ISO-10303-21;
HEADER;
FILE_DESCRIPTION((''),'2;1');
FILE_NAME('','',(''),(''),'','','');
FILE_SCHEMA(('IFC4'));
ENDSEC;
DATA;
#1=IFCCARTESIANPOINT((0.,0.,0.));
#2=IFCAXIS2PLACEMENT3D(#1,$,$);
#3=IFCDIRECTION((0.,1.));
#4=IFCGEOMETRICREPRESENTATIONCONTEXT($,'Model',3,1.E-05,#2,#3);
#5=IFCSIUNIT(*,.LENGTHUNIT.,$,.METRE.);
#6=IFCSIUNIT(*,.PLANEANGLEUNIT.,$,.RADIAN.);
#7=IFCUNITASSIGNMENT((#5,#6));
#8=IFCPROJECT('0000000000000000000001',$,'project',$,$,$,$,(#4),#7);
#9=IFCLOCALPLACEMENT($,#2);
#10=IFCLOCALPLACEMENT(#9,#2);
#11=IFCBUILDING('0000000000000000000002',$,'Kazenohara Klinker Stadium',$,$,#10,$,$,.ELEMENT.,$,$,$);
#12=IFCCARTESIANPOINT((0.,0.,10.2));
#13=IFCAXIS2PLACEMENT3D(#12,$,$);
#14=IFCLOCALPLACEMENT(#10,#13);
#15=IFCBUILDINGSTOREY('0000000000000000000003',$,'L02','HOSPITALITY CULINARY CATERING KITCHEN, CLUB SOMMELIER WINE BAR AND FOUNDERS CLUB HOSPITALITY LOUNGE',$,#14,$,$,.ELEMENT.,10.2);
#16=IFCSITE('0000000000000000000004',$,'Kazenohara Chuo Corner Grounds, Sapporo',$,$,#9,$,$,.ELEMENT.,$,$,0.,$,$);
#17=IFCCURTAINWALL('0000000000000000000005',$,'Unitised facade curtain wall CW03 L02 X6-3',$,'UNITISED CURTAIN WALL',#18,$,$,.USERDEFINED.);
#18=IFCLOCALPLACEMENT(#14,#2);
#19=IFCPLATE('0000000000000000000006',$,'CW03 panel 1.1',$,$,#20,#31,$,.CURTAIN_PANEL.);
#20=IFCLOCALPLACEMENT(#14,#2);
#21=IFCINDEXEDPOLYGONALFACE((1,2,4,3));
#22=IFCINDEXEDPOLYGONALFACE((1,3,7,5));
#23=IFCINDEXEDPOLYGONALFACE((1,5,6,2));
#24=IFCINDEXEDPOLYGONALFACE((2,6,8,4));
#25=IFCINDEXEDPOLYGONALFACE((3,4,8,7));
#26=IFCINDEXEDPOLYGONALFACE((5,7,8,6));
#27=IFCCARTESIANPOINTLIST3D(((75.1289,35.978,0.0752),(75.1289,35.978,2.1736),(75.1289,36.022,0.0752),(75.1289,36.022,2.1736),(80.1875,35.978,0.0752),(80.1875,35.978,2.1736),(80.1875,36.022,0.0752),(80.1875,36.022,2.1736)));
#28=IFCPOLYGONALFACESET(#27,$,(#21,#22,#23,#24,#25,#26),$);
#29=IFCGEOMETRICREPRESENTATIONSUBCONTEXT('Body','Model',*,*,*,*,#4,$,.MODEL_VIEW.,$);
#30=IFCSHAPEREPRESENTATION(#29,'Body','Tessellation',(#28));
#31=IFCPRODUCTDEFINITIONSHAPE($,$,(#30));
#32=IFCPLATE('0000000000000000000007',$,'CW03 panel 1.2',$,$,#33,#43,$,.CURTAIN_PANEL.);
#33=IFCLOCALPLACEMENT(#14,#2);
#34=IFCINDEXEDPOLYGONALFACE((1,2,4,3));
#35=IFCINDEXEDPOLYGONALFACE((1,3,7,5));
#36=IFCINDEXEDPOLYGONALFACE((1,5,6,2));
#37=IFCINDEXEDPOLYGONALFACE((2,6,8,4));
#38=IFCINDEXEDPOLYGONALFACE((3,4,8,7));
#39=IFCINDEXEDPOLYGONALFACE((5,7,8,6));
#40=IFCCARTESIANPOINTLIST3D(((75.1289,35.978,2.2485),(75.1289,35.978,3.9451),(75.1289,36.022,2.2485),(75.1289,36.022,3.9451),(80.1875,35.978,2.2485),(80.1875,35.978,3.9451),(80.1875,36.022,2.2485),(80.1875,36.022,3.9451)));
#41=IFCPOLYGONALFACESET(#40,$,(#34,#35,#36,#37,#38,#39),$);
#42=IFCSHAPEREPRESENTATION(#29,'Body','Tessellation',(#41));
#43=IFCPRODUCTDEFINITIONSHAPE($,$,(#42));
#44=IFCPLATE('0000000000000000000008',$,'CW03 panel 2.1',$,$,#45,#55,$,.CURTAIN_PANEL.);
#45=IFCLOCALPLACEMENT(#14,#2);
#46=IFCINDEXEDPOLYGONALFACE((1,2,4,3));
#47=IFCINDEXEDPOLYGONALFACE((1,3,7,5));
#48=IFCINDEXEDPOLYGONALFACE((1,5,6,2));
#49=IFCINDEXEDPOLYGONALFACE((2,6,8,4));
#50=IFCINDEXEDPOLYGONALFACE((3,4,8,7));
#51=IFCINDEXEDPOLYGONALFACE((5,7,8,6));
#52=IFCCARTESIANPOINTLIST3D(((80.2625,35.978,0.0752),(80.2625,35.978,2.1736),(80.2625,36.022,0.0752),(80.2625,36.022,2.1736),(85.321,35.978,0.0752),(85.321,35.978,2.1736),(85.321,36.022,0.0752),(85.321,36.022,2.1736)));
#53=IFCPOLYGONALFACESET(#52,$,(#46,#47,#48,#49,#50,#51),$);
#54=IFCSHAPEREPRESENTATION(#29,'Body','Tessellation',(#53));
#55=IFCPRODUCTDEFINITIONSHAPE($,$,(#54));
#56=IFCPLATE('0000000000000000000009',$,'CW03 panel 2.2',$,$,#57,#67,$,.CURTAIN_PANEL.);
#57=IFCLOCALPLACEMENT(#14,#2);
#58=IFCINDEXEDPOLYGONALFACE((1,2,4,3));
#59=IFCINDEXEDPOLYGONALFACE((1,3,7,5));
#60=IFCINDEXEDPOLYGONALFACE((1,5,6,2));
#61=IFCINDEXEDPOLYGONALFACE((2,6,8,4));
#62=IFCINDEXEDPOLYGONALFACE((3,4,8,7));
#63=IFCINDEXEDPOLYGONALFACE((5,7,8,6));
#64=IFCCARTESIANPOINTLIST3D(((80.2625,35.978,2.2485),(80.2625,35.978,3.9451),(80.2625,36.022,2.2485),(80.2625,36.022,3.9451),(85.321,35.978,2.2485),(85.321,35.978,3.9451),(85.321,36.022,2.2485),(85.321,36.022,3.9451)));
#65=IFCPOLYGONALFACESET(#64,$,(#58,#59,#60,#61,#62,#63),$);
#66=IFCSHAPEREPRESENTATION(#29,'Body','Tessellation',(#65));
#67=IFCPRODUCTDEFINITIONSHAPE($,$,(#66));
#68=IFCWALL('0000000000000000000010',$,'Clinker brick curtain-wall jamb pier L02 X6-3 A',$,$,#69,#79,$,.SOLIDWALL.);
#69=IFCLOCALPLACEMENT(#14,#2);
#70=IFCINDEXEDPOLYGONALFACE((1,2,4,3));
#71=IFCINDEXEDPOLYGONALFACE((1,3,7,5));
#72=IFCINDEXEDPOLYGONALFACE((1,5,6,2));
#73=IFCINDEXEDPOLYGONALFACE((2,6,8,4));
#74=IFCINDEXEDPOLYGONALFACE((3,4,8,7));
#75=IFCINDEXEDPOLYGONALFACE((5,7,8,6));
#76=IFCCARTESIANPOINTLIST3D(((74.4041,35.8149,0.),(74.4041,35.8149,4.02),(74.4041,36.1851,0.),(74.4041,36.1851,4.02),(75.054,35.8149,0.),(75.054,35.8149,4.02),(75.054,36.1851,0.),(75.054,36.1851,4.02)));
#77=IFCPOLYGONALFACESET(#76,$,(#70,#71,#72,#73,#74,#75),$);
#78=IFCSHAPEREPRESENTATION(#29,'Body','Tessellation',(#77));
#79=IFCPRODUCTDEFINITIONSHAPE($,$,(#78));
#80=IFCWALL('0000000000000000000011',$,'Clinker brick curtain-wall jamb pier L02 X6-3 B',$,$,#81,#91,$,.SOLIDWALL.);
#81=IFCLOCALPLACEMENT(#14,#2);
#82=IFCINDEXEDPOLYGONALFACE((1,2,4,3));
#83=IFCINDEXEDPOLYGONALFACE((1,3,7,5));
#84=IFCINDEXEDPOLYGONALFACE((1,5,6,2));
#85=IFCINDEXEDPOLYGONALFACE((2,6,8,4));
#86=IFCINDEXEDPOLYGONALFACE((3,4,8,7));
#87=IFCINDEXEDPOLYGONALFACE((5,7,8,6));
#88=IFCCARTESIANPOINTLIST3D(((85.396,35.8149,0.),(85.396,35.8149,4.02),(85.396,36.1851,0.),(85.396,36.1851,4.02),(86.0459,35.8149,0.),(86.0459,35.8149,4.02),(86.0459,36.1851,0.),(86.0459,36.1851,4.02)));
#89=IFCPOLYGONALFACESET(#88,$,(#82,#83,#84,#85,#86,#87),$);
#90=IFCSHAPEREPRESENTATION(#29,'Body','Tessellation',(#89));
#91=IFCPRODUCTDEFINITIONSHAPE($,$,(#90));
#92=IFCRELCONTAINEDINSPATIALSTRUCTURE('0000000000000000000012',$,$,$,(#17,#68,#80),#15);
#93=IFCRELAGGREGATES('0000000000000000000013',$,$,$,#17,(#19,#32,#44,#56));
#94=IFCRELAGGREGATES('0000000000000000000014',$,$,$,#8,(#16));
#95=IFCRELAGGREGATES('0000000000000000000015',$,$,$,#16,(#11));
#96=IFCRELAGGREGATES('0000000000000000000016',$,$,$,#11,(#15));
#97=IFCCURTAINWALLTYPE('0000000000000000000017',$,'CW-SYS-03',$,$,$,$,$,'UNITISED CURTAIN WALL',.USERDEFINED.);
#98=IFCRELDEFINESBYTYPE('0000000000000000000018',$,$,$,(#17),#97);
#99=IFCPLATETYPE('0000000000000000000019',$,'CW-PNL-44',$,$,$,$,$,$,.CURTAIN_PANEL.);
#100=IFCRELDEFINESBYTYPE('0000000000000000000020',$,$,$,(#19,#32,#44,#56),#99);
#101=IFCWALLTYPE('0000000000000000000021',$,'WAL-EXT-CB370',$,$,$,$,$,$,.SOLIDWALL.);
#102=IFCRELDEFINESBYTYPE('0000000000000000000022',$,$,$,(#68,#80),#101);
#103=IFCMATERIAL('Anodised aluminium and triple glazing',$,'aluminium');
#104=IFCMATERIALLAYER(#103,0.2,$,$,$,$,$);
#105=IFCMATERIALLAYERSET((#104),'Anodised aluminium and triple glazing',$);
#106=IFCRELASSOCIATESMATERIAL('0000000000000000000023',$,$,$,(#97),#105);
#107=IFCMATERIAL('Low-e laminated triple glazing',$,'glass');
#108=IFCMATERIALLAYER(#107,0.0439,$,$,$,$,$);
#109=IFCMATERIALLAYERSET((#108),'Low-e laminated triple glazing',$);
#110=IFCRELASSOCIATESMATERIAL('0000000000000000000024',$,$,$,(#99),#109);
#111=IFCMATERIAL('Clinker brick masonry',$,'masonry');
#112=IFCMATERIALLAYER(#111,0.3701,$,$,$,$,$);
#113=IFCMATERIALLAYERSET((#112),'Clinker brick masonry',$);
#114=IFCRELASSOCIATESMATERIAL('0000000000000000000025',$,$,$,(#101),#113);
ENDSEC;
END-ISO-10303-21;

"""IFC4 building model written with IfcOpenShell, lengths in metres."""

from ifc_helpers import new_model, si_unit, direction, frame, frame_2d, origin, origin_2d, place, context, subcontext, project, spatial, rectangle, extrude, material, layer, layer_set, type_object, element, aggregate, save


model = new_model("IFC4")

# Units and contexts
model_context = context("Model", 3, precision=1e-05, world=origin(), true_north=direction((0.0, 1.0)))
body_context = subcontext(model_context, "Body", "Model", "MODEL_VIEW")
ifc_project = project(units=[si_unit("LENGTHUNIT", "METRE"), si_unit("PLANEANGLEUNIT", "RADIAN")], contexts=[model_context])

# Site, building, storey
site_placement = place(None, origin())
site = spatial("IfcSite", under=ifc_project, at=site_placement, Name="Kazenohara Chuo Corner Grounds, Sapporo", CompositionType="ELEMENT", RefElevation=0.0)
building_placement = place(site_placement, origin())
building = spatial("IfcBuilding", under=site, at=building_placement, Name="Kazenohara Klinker Stadium", CompositionType="ELEMENT")
storey_placement = place(building_placement, frame((0.0, 0.0, 10.2)))
storey = spatial("IfcBuildingStorey", under=building, at=storey_placement, Name="L02", Description="HOSPITALITY CULINARY CATERING KITCHEN, CLUB SOMMELIER WINE BAR AND FOUNDERS CLUB HOSPITALITY LOUNGE", CompositionType="ELEMENT", Elevation=10.2)

# Curtain wall
ifc_material_1 = material(Name="Anodised aluminium and triple glazing", Category="aluminium")
ifc_layer_1 = layer(ifc_material_1, 0.2)
ifc_layer_set_1 = layer_set([ifc_layer_1], Name="Anodised aluminium and triple glazing")
curtain_wall_type = type_object("IfcCurtainWallType", Name="CW-SYS-03", ElementType="UNITISED CURTAIN WALL", PredefinedType="USERDEFINED", material=ifc_layer_set_1)
curtain_wall_placement = place(storey_placement, origin())
curtain_wall = element("IfcCurtainWall", 1, at=curtain_wall_placement, inside=storey, type_object=curtain_wall_type, Name="Unitised facade curtain wall CW03 L02 X6-3", ObjectType="UNITISED CURTAIN WALL", PredefinedType="USERDEFINED")

# Plates
ifc_material_2 = material(Name="Low-e laminated triple glazing", Category="glass")
ifc_layer_2 = layer(ifc_material_2, 0.0439)
ifc_layer_set_2 = layer_set([ifc_layer_2], Name="Low-e laminated triple glazing")
plate_type = type_object("IfcPlateType", Name="CW-PNL-44", PredefinedType="CURTAIN_PANEL", material=ifc_layer_set_2)
plate_1_placement = place(storey_placement, frame((77.6582, 36.0, 0.0752), z_axis=(0.0, 0.0, 1.0), x_axis=(1.0, 0.0, 0.0)))
plate_1 = element("IfcPlate", 2, at=plate_1_placement, type_object=plate_type, Name="CW03 panel 1.1", PredefinedType="CURTAIN_PANEL", context=body_context, shape_type="SweptSolid", body=[
    extrude(rectangle(XDim=5.0586, YDim=0.0439, at=origin_2d()), origin(), (0.0, 0.0, 1.0), 2.0984),
])
plate_2_placement = place(storey_placement, frame((77.6582, 36.0, 2.2485), z_axis=(0.0, 0.0, 1.0), x_axis=(1.0, 0.0, 0.0)))
plate_2 = element("IfcPlate", 3, at=plate_2_placement, type_object=plate_type, Name="CW03 panel 1.2", PredefinedType="CURTAIN_PANEL", context=body_context, shape_type="SweptSolid", body=[
    extrude(rectangle(XDim=5.0586, YDim=0.0439, at=origin_2d()), origin(), (0.0, 0.0, 1.0), 1.6965),
])
plate_3_placement = place(storey_placement, frame((82.7917, 36.0, 0.0752), z_axis=(0.0, 0.0, 1.0), x_axis=(1.0, 0.0, 0.0)))
plate_3 = element("IfcPlate", 4, at=plate_3_placement, type_object=plate_type, Name="CW03 panel 2.1", PredefinedType="CURTAIN_PANEL", context=body_context, shape_type="SweptSolid", body=[
    extrude(rectangle(XDim=5.0586, YDim=0.0439, at=origin_2d()), origin(), (0.0, 0.0, 1.0), 2.0984),
])
plate_4_placement = place(storey_placement, frame((82.7917, 36.0, 2.2485), z_axis=(0.0, 0.0, 1.0), x_axis=(1.0, 0.0, 0.0)))
plate_4 = element("IfcPlate", 5, at=plate_4_placement, type_object=plate_type, Name="CW03 panel 2.2", PredefinedType="CURTAIN_PANEL", context=body_context, shape_type="SweptSolid", body=[
    extrude(rectangle(XDim=5.0586, YDim=0.0439, at=origin_2d()), origin(), (0.0, 0.0, 1.0), 1.6965),
])
aggregate(curtain_wall, [plate_1, plate_2, plate_3, plate_4])

# Walls
ifc_material_3 = material(Name="Clinker brick masonry", Category="masonry")
ifc_layer_3 = layer(ifc_material_3, 0.3701)
ifc_layer_set_3 = layer_set([ifc_layer_3], Name="Clinker brick masonry")
wall_type = type_object("IfcWallType", Name="WAL-EXT-CB370", PredefinedType="SOLIDWALL", material=ifc_layer_set_3)
for number, where, z_axis, x_axis, name in (
    (6, (74.4041, 36.0, 0.0), (0.0, 0.0, 1.0), (1.0, 0.0, 0.0), "Clinker brick curtain-wall jamb pier L02 X6-3 A"),
    (7, (85.396, 36.0, 0.0), (0.0, 0.0, 1.0), (1.0, 0.0, 0.0), "Clinker brick curtain-wall jamb pier L02 X6-3 B"),
):
    element("IfcWall", number, at=place(storey_placement, frame(where, z_axis=z_axis, x_axis=x_axis)), inside=storey, type_object=wall_type, Name=name, PredefinedType="SOLIDWALL", context=body_context, shape_type="SweptSolid", body=[
        extrude(rectangle(XDim=0.6499, YDim=0.3701, at=frame_2d((0.325, 0.0))), origin(), (0.0, 0.0, 1.0), 4.02),
    ])

save(model, "model.ifc")
